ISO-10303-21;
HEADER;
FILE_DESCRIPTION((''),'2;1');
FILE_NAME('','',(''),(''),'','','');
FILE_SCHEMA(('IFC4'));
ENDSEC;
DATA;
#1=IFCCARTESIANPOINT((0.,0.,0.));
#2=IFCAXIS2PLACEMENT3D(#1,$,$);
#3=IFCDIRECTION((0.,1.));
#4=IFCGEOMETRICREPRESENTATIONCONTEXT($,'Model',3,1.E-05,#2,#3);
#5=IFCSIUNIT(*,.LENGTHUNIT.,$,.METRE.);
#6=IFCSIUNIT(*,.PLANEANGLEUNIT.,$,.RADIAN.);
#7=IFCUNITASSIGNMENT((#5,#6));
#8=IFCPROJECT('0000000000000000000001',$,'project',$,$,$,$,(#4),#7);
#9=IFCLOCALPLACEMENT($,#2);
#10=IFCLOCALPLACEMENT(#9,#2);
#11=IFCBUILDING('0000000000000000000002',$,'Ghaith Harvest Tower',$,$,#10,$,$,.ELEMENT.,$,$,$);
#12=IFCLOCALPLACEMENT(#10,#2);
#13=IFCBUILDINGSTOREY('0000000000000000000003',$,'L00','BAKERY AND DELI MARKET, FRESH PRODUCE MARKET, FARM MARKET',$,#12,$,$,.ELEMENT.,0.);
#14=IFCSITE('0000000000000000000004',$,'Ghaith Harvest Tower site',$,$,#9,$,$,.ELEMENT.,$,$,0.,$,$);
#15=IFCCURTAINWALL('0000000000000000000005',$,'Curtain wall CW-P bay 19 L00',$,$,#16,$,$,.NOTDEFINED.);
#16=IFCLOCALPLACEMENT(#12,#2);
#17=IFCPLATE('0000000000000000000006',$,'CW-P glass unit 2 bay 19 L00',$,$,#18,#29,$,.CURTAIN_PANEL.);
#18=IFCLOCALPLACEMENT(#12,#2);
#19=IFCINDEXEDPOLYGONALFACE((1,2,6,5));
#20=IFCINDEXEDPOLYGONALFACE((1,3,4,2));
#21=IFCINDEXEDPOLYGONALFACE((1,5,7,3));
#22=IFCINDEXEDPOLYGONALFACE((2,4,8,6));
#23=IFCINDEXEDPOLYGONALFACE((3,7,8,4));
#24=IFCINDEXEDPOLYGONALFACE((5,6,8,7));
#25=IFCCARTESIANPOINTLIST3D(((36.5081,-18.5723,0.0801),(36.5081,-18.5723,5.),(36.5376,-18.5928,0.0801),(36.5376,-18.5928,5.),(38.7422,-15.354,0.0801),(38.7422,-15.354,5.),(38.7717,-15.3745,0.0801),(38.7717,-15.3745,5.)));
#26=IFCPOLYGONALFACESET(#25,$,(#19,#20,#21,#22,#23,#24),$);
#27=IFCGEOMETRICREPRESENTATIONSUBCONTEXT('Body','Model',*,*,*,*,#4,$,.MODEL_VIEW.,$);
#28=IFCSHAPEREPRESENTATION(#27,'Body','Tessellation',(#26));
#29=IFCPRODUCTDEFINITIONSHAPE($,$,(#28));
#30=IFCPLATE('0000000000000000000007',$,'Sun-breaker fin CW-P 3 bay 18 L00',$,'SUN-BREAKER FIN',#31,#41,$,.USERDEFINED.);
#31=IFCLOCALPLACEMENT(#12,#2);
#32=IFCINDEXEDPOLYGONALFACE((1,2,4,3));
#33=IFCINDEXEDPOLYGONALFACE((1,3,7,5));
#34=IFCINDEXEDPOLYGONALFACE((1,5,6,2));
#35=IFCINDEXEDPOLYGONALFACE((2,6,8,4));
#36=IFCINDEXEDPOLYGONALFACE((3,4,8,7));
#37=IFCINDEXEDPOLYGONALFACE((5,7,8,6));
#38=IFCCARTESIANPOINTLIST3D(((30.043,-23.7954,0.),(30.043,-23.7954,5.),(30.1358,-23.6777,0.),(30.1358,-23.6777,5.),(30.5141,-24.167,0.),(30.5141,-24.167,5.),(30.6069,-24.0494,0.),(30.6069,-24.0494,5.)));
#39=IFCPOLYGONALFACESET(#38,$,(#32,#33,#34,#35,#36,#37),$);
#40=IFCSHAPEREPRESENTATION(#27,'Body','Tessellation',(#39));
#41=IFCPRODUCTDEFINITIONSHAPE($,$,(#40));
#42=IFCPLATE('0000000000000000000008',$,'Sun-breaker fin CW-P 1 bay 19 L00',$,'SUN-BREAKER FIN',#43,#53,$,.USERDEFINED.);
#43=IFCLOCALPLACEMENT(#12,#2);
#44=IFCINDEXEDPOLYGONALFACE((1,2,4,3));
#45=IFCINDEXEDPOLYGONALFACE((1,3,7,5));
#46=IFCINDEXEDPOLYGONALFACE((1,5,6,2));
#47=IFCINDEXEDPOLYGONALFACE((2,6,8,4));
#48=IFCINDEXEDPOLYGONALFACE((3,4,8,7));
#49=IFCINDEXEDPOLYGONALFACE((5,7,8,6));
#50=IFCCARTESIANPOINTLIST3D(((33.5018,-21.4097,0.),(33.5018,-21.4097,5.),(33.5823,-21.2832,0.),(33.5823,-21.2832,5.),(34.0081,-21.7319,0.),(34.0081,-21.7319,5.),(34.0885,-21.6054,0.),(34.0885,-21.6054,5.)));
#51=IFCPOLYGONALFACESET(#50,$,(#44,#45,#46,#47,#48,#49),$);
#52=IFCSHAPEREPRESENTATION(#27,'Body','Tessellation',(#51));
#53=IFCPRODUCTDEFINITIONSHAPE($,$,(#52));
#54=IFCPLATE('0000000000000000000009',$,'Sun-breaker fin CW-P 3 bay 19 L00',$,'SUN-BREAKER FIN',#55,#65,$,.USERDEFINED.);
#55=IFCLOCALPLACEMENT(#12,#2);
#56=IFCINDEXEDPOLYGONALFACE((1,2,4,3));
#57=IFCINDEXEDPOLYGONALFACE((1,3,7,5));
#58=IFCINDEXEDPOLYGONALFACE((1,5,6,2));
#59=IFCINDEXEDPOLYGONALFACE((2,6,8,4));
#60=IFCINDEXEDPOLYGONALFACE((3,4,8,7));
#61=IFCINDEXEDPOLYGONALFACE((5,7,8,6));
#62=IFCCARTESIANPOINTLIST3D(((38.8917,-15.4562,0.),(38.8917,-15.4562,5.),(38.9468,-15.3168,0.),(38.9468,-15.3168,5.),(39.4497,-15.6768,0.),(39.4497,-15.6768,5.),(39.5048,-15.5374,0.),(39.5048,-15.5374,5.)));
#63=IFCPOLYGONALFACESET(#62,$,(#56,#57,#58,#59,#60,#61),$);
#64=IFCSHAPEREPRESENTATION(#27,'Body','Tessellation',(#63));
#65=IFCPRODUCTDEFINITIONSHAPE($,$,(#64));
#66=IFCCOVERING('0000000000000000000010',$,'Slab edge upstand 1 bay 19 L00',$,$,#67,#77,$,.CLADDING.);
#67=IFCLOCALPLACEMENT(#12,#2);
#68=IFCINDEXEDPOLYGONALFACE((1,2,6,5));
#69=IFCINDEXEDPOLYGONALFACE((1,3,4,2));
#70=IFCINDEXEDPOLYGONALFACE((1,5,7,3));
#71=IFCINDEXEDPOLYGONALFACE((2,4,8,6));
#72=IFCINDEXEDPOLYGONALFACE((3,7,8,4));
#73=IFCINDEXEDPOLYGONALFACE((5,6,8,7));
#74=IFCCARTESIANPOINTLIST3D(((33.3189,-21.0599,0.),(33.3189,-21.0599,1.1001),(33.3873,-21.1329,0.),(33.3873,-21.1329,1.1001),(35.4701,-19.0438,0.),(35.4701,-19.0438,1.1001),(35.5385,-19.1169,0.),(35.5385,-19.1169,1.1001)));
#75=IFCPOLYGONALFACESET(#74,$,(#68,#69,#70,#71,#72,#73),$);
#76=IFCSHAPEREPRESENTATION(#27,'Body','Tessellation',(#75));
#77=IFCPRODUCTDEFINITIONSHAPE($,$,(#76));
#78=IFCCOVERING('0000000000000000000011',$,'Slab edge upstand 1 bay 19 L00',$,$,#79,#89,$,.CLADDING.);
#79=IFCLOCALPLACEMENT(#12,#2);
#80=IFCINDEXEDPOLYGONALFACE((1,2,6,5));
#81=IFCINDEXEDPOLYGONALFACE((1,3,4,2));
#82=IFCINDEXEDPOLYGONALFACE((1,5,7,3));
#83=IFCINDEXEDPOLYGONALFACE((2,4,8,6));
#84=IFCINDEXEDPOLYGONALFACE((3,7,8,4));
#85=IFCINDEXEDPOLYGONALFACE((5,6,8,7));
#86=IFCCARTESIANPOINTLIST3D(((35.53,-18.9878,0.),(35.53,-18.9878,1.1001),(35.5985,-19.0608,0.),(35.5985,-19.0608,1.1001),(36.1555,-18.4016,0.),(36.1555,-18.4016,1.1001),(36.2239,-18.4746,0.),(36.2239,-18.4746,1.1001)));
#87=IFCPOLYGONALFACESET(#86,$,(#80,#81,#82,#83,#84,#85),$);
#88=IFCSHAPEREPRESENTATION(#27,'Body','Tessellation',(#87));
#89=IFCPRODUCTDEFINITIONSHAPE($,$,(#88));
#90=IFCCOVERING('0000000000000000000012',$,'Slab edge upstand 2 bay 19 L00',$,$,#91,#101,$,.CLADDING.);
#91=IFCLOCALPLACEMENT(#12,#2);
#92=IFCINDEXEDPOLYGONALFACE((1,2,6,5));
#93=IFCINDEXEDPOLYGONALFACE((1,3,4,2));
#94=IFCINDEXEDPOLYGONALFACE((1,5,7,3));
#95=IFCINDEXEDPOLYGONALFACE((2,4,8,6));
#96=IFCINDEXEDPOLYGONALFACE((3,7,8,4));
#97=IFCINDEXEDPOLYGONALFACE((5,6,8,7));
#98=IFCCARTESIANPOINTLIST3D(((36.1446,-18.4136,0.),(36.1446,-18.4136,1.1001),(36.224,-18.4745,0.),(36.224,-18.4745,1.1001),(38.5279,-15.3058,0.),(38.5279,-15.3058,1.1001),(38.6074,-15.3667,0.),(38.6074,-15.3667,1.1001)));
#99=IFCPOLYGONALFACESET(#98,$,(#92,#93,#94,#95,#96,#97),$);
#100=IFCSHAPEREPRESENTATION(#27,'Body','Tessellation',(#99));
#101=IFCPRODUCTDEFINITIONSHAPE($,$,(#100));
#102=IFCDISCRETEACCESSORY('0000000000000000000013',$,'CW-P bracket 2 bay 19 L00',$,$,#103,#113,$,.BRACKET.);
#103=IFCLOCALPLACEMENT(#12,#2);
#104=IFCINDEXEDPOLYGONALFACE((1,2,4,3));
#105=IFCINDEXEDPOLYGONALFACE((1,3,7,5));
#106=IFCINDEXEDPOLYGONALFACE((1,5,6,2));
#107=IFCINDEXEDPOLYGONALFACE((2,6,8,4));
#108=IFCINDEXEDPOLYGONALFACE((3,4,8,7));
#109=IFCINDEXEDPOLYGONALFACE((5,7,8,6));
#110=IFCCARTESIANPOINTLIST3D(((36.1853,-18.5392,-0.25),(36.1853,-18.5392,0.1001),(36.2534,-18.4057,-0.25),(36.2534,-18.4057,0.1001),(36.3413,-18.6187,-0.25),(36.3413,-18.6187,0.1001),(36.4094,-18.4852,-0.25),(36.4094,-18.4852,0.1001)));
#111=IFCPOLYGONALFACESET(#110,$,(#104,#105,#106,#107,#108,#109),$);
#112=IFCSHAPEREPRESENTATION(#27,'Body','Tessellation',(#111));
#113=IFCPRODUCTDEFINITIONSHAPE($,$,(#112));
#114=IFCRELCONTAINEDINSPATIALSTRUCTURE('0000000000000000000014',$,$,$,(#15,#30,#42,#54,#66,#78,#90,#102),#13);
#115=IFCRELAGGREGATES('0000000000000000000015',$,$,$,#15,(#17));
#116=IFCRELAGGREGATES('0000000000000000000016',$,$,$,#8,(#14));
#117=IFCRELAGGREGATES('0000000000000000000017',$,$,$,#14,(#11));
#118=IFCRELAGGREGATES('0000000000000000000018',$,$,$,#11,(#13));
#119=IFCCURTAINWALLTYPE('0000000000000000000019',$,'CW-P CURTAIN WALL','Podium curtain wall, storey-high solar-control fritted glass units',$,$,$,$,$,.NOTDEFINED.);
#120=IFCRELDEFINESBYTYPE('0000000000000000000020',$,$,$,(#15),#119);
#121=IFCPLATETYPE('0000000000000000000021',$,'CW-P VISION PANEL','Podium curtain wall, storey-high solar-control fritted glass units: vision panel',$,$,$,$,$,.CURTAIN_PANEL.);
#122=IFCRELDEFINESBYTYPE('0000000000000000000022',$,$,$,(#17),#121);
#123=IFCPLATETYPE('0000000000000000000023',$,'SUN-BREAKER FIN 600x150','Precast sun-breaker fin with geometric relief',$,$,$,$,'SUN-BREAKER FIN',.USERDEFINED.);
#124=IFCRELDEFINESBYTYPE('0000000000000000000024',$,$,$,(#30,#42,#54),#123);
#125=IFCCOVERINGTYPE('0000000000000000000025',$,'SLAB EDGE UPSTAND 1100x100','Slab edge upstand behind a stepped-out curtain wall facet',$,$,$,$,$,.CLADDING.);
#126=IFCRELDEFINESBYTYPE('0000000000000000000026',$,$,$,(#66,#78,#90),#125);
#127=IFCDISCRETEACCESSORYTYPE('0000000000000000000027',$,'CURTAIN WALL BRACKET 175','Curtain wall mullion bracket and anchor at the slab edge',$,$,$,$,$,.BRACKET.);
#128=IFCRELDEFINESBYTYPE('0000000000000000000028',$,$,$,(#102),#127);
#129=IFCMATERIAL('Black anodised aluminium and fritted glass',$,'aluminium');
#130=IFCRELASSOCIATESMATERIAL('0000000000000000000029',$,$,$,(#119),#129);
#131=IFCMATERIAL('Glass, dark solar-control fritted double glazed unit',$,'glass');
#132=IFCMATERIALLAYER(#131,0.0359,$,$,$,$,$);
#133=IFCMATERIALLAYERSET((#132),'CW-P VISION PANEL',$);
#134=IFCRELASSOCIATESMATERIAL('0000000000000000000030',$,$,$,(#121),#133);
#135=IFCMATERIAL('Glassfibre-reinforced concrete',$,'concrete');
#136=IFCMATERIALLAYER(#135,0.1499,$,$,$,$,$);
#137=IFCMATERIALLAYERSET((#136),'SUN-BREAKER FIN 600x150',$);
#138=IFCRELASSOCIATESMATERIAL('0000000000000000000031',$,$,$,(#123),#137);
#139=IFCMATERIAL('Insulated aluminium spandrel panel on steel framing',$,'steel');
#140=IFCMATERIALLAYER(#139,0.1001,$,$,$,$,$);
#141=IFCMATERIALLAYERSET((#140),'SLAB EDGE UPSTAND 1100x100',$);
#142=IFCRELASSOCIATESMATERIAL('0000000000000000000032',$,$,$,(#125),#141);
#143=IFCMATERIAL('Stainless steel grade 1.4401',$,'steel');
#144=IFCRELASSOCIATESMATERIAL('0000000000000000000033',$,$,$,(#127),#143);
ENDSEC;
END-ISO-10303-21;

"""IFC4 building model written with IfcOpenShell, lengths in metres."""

from ifc_helpers import new_model, si_unit, direction, frame, origin, origin_2d, place, context, subcontext, project, spatial, rectangle, extrude, material, layer, layer_set, type_object, element, aggregate, save


model = new_model("IFC4")

# Units and contexts
model_context = context("Model", 3, precision=1e-05, world=origin(), true_north=direction((0.0, 1.0)))
body_context = subcontext(model_context, "Body", "Model", "MODEL_VIEW")
ifc_project = project(units=[si_unit("LENGTHUNIT", "METRE"), si_unit("PLANEANGLEUNIT", "RADIAN")], contexts=[model_context])

# Site, building, storey
site_placement = place(None, origin())
site = spatial("IfcSite", under=ifc_project, at=site_placement, Name="Ghaith Harvest Tower site", CompositionType="ELEMENT", RefElevation=0.0)
building_placement = place(site_placement, origin())
building = spatial("IfcBuilding", under=site, at=building_placement, Name="Ghaith Harvest Tower", CompositionType="ELEMENT")
storey_placement = place(building_placement, origin())
storey = spatial("IfcBuildingStorey", under=building, at=storey_placement, Name="L00", Description="BAKERY AND DELI MARKET, FRESH PRODUCE MARKET, FARM MARKET", CompositionType="ELEMENT", Elevation=0.0)

# Shared definitions
ifc_material_1 = material(Name="Black anodised aluminium and fritted glass", Category="aluminium")
curtain_wall_type = type_object("IfcCurtainWallType", Name="CW-P CURTAIN WALL", Description="Podium curtain wall, storey-high solar-control fritted glass units", PredefinedType="NOTDEFINED", material=ifc_material_1)

# Curtain wall
curtain_wall_1_placement = place(storey_placement, origin())
curtain_wall_1 = element("IfcCurtainWall", 1, at=curtain_wall_1_placement, inside=storey, type_object=curtain_wall_type, Name="Curtain wall CW-P bay 19 L00", PredefinedType="NOTDEFINED")

# Plate
ifc_material_2 = material(Name="Glass, dark solar-control fritted double glazed unit", Category="glass")
ifc_layer_1 = layer(ifc_material_2, 0.0359)
ifc_layer_set_1 = layer_set([ifc_layer_1], Name="CW-P VISION PANEL")
plate_type_1 = type_object("IfcPlateType", Name="CW-P VISION PANEL", Description="Podium curtain wall, storey-high solar-control fritted glass units: vision panel", PredefinedType="CURTAIN_PANEL", material=ifc_layer_set_1)
plate_1_placement = place(storey_placement, frame((37.6399, -16.9734, 0.0801), z_axis=(0.0, 0.0, 1.0), x_axis=(0.570249, 0.821472, 0.0)))
plate_1 = element("IfcPlate", 2, at=plate_1_placement, type_object=plate_type_1, Name="CW-P glass unit 2 bay 19 L00", PredefinedType="CURTAIN_PANEL", context=body_context, shape_type="SweptSolid", body=[
    extrude(rectangle(XDim=3.9177, YDim=0.0359, at=origin_2d()), origin(), (0.0, 0.0, 1.0), 4.9199),
])
aggregate(curtain_wall_1, [plate_1])

# Plates
ifc_material_3 = material(Name="Glassfibre-reinforced concrete", Category="concrete")
ifc_layer_2 = layer(ifc_material_3, 0.1499)
ifc_layer_set_2 = layer_set([ifc_layer_2], Name="SUN-BREAKER FIN 600x150")
plate_type_2 = type_object("IfcPlateType", Name="SUN-BREAKER FIN 600x150", Description="Precast sun-breaker fin with geometric relief", ElementType="SUN-BREAKER FIN", PredefinedType="USERDEFINED", material=ifc_layer_set_2)
for number, where, z_axis, x_axis, name in (
    (3, (30.325, -23.9224, 0.0), (0.0, 0.0, 1.0), (0.785115, -0.61935, 0.0), "Sun-breaker fin CW-P 3 bay 18 L00"),
    (4, (33.7952, -21.5076, 0.0), (0.0, 0.0, 1.0), (0.843644, -0.536903, 0.0), "Sun-breaker fin CW-P 1 bay 19 L00"),
    (5, (39.1982, -15.4968, 0.0), (0.0, 0.0, 1.0), (0.929961, -0.367659, 0.0), "Sun-breaker fin CW-P 3 bay 19 L00"),
):
    element("IfcPlate", number, at=place(storey_placement, frame(where, z_axis=z_axis, x_axis=x_axis)), inside=storey, type_object=plate_type_2, Name=name, ObjectType="SUN-BREAKER FIN", PredefinedType="USERDEFINED", context=body_context, shape_type="SweptSolid", body=[
        extrude(rectangle(XDim=0.6001, YDim=0.1499, at=origin_2d()), origin(), (0.0, 0.0, 1.0), 5.0),
    ])

# Coverings
ifc_material_4 = material(Name="Insulated aluminium spandrel panel on steel framing", Category="steel")
ifc_layer_3 = layer(ifc_material_4, 0.1001)
ifc_layer_set_3 = layer_set([ifc_layer_3], Name="SLAB EDGE UPSTAND 1100x100")
covering_type = type_object("IfcCoveringType", Name="SLAB EDGE UPSTAND 1100x100", Description="Slab edge upstand behind a stepped-out curtain wall facet", PredefinedType="CLADDING", material=ifc_layer_set_3)
covering_1_placement = place(storey_placement, frame((34.4287, -20.0884, 0.0), z_axis=(0.0, 0.0, 1.0), x_axis=(0.729659, 0.683811, 0.0)))
element("IfcCovering", 6, at=covering_1_placement, inside=storey, type_object=covering_type, Name="Slab edge upstand 1 bay 19 L00", PredefinedType="CLADDING", context=body_context, shape_type="SweptSolid", body=[
    extrude(rectangle(XDim=2.9482, YDim=0.1001, at=origin_2d()), origin(), (0.0, 0.0, 1.0), 1.1001),
])
covering_2_placement = place(storey_placement, frame((35.877, -18.7312, 0.0), z_axis=(0.0, 0.0, 1.0), x_axis=(0.729659, 0.683811, 0.0)))
element("IfcCovering", 7, at=covering_2_placement, inside=storey, type_object=covering_type, Name="Slab edge upstand 1 bay 19 L00", PredefinedType="CLADDING", context=body_context, shape_type="SweptSolid", body=[
    extrude(rectangle(XDim=0.8572, YDim=0.1001, at=origin_2d()), origin(), (0.0, 0.0, 1.0), 1.1001),
])
covering_3_placement = place(storey_placement, frame((37.376, -16.8901, 0.0), z_axis=(0.0, 0.0, 1.0), x_axis=(0.608537, 0.793526, 0.0)))
element("IfcCovering", 8, at=covering_3_placement, inside=storey, type_object=covering_type, Name="Slab edge upstand 2 bay 19 L00", PredefinedType="CLADDING", context=body_context, shape_type="SweptSolid", body=[
    extrude(rectangle(XDim=3.9165, YDim=0.1001, at=origin_2d()), origin(), (0.0, 0.0, 1.0), 1.1001),
])

# Discrete accessory
ifc_material_5 = material(Name="Stainless steel grade 1.4401", Category="steel")
discrete_accessory_type = type_object("IfcDiscreteAccessoryType", Name="CURTAIN WALL BRACKET 175", Description="Curtain wall mullion bracket and anchor at the slab edge", PredefinedType="BRACKET", material=ifc_material_5)
discrete_accessory_placement = place(storey_placement, frame((36.2974, -18.5122, -0.25), z_axis=(0.0, 0.0, 1.0), x_axis=(0.890831, -0.454335, 0.0)))
element("IfcDiscreteAccessory", 9, at=discrete_accessory_placement, inside=storey, type_object=discrete_accessory_type, Name="CW-P bracket 2 bay 19 L00", PredefinedType="BRACKET", context=body_context, shape_type="SweptSolid", body=[
    extrude(rectangle(XDim=0.175, YDim=0.1499, at=origin_2d()), origin(), (0.0, 0.0, 1.0), 0.3501),
])

save(model, "model.ifc")
